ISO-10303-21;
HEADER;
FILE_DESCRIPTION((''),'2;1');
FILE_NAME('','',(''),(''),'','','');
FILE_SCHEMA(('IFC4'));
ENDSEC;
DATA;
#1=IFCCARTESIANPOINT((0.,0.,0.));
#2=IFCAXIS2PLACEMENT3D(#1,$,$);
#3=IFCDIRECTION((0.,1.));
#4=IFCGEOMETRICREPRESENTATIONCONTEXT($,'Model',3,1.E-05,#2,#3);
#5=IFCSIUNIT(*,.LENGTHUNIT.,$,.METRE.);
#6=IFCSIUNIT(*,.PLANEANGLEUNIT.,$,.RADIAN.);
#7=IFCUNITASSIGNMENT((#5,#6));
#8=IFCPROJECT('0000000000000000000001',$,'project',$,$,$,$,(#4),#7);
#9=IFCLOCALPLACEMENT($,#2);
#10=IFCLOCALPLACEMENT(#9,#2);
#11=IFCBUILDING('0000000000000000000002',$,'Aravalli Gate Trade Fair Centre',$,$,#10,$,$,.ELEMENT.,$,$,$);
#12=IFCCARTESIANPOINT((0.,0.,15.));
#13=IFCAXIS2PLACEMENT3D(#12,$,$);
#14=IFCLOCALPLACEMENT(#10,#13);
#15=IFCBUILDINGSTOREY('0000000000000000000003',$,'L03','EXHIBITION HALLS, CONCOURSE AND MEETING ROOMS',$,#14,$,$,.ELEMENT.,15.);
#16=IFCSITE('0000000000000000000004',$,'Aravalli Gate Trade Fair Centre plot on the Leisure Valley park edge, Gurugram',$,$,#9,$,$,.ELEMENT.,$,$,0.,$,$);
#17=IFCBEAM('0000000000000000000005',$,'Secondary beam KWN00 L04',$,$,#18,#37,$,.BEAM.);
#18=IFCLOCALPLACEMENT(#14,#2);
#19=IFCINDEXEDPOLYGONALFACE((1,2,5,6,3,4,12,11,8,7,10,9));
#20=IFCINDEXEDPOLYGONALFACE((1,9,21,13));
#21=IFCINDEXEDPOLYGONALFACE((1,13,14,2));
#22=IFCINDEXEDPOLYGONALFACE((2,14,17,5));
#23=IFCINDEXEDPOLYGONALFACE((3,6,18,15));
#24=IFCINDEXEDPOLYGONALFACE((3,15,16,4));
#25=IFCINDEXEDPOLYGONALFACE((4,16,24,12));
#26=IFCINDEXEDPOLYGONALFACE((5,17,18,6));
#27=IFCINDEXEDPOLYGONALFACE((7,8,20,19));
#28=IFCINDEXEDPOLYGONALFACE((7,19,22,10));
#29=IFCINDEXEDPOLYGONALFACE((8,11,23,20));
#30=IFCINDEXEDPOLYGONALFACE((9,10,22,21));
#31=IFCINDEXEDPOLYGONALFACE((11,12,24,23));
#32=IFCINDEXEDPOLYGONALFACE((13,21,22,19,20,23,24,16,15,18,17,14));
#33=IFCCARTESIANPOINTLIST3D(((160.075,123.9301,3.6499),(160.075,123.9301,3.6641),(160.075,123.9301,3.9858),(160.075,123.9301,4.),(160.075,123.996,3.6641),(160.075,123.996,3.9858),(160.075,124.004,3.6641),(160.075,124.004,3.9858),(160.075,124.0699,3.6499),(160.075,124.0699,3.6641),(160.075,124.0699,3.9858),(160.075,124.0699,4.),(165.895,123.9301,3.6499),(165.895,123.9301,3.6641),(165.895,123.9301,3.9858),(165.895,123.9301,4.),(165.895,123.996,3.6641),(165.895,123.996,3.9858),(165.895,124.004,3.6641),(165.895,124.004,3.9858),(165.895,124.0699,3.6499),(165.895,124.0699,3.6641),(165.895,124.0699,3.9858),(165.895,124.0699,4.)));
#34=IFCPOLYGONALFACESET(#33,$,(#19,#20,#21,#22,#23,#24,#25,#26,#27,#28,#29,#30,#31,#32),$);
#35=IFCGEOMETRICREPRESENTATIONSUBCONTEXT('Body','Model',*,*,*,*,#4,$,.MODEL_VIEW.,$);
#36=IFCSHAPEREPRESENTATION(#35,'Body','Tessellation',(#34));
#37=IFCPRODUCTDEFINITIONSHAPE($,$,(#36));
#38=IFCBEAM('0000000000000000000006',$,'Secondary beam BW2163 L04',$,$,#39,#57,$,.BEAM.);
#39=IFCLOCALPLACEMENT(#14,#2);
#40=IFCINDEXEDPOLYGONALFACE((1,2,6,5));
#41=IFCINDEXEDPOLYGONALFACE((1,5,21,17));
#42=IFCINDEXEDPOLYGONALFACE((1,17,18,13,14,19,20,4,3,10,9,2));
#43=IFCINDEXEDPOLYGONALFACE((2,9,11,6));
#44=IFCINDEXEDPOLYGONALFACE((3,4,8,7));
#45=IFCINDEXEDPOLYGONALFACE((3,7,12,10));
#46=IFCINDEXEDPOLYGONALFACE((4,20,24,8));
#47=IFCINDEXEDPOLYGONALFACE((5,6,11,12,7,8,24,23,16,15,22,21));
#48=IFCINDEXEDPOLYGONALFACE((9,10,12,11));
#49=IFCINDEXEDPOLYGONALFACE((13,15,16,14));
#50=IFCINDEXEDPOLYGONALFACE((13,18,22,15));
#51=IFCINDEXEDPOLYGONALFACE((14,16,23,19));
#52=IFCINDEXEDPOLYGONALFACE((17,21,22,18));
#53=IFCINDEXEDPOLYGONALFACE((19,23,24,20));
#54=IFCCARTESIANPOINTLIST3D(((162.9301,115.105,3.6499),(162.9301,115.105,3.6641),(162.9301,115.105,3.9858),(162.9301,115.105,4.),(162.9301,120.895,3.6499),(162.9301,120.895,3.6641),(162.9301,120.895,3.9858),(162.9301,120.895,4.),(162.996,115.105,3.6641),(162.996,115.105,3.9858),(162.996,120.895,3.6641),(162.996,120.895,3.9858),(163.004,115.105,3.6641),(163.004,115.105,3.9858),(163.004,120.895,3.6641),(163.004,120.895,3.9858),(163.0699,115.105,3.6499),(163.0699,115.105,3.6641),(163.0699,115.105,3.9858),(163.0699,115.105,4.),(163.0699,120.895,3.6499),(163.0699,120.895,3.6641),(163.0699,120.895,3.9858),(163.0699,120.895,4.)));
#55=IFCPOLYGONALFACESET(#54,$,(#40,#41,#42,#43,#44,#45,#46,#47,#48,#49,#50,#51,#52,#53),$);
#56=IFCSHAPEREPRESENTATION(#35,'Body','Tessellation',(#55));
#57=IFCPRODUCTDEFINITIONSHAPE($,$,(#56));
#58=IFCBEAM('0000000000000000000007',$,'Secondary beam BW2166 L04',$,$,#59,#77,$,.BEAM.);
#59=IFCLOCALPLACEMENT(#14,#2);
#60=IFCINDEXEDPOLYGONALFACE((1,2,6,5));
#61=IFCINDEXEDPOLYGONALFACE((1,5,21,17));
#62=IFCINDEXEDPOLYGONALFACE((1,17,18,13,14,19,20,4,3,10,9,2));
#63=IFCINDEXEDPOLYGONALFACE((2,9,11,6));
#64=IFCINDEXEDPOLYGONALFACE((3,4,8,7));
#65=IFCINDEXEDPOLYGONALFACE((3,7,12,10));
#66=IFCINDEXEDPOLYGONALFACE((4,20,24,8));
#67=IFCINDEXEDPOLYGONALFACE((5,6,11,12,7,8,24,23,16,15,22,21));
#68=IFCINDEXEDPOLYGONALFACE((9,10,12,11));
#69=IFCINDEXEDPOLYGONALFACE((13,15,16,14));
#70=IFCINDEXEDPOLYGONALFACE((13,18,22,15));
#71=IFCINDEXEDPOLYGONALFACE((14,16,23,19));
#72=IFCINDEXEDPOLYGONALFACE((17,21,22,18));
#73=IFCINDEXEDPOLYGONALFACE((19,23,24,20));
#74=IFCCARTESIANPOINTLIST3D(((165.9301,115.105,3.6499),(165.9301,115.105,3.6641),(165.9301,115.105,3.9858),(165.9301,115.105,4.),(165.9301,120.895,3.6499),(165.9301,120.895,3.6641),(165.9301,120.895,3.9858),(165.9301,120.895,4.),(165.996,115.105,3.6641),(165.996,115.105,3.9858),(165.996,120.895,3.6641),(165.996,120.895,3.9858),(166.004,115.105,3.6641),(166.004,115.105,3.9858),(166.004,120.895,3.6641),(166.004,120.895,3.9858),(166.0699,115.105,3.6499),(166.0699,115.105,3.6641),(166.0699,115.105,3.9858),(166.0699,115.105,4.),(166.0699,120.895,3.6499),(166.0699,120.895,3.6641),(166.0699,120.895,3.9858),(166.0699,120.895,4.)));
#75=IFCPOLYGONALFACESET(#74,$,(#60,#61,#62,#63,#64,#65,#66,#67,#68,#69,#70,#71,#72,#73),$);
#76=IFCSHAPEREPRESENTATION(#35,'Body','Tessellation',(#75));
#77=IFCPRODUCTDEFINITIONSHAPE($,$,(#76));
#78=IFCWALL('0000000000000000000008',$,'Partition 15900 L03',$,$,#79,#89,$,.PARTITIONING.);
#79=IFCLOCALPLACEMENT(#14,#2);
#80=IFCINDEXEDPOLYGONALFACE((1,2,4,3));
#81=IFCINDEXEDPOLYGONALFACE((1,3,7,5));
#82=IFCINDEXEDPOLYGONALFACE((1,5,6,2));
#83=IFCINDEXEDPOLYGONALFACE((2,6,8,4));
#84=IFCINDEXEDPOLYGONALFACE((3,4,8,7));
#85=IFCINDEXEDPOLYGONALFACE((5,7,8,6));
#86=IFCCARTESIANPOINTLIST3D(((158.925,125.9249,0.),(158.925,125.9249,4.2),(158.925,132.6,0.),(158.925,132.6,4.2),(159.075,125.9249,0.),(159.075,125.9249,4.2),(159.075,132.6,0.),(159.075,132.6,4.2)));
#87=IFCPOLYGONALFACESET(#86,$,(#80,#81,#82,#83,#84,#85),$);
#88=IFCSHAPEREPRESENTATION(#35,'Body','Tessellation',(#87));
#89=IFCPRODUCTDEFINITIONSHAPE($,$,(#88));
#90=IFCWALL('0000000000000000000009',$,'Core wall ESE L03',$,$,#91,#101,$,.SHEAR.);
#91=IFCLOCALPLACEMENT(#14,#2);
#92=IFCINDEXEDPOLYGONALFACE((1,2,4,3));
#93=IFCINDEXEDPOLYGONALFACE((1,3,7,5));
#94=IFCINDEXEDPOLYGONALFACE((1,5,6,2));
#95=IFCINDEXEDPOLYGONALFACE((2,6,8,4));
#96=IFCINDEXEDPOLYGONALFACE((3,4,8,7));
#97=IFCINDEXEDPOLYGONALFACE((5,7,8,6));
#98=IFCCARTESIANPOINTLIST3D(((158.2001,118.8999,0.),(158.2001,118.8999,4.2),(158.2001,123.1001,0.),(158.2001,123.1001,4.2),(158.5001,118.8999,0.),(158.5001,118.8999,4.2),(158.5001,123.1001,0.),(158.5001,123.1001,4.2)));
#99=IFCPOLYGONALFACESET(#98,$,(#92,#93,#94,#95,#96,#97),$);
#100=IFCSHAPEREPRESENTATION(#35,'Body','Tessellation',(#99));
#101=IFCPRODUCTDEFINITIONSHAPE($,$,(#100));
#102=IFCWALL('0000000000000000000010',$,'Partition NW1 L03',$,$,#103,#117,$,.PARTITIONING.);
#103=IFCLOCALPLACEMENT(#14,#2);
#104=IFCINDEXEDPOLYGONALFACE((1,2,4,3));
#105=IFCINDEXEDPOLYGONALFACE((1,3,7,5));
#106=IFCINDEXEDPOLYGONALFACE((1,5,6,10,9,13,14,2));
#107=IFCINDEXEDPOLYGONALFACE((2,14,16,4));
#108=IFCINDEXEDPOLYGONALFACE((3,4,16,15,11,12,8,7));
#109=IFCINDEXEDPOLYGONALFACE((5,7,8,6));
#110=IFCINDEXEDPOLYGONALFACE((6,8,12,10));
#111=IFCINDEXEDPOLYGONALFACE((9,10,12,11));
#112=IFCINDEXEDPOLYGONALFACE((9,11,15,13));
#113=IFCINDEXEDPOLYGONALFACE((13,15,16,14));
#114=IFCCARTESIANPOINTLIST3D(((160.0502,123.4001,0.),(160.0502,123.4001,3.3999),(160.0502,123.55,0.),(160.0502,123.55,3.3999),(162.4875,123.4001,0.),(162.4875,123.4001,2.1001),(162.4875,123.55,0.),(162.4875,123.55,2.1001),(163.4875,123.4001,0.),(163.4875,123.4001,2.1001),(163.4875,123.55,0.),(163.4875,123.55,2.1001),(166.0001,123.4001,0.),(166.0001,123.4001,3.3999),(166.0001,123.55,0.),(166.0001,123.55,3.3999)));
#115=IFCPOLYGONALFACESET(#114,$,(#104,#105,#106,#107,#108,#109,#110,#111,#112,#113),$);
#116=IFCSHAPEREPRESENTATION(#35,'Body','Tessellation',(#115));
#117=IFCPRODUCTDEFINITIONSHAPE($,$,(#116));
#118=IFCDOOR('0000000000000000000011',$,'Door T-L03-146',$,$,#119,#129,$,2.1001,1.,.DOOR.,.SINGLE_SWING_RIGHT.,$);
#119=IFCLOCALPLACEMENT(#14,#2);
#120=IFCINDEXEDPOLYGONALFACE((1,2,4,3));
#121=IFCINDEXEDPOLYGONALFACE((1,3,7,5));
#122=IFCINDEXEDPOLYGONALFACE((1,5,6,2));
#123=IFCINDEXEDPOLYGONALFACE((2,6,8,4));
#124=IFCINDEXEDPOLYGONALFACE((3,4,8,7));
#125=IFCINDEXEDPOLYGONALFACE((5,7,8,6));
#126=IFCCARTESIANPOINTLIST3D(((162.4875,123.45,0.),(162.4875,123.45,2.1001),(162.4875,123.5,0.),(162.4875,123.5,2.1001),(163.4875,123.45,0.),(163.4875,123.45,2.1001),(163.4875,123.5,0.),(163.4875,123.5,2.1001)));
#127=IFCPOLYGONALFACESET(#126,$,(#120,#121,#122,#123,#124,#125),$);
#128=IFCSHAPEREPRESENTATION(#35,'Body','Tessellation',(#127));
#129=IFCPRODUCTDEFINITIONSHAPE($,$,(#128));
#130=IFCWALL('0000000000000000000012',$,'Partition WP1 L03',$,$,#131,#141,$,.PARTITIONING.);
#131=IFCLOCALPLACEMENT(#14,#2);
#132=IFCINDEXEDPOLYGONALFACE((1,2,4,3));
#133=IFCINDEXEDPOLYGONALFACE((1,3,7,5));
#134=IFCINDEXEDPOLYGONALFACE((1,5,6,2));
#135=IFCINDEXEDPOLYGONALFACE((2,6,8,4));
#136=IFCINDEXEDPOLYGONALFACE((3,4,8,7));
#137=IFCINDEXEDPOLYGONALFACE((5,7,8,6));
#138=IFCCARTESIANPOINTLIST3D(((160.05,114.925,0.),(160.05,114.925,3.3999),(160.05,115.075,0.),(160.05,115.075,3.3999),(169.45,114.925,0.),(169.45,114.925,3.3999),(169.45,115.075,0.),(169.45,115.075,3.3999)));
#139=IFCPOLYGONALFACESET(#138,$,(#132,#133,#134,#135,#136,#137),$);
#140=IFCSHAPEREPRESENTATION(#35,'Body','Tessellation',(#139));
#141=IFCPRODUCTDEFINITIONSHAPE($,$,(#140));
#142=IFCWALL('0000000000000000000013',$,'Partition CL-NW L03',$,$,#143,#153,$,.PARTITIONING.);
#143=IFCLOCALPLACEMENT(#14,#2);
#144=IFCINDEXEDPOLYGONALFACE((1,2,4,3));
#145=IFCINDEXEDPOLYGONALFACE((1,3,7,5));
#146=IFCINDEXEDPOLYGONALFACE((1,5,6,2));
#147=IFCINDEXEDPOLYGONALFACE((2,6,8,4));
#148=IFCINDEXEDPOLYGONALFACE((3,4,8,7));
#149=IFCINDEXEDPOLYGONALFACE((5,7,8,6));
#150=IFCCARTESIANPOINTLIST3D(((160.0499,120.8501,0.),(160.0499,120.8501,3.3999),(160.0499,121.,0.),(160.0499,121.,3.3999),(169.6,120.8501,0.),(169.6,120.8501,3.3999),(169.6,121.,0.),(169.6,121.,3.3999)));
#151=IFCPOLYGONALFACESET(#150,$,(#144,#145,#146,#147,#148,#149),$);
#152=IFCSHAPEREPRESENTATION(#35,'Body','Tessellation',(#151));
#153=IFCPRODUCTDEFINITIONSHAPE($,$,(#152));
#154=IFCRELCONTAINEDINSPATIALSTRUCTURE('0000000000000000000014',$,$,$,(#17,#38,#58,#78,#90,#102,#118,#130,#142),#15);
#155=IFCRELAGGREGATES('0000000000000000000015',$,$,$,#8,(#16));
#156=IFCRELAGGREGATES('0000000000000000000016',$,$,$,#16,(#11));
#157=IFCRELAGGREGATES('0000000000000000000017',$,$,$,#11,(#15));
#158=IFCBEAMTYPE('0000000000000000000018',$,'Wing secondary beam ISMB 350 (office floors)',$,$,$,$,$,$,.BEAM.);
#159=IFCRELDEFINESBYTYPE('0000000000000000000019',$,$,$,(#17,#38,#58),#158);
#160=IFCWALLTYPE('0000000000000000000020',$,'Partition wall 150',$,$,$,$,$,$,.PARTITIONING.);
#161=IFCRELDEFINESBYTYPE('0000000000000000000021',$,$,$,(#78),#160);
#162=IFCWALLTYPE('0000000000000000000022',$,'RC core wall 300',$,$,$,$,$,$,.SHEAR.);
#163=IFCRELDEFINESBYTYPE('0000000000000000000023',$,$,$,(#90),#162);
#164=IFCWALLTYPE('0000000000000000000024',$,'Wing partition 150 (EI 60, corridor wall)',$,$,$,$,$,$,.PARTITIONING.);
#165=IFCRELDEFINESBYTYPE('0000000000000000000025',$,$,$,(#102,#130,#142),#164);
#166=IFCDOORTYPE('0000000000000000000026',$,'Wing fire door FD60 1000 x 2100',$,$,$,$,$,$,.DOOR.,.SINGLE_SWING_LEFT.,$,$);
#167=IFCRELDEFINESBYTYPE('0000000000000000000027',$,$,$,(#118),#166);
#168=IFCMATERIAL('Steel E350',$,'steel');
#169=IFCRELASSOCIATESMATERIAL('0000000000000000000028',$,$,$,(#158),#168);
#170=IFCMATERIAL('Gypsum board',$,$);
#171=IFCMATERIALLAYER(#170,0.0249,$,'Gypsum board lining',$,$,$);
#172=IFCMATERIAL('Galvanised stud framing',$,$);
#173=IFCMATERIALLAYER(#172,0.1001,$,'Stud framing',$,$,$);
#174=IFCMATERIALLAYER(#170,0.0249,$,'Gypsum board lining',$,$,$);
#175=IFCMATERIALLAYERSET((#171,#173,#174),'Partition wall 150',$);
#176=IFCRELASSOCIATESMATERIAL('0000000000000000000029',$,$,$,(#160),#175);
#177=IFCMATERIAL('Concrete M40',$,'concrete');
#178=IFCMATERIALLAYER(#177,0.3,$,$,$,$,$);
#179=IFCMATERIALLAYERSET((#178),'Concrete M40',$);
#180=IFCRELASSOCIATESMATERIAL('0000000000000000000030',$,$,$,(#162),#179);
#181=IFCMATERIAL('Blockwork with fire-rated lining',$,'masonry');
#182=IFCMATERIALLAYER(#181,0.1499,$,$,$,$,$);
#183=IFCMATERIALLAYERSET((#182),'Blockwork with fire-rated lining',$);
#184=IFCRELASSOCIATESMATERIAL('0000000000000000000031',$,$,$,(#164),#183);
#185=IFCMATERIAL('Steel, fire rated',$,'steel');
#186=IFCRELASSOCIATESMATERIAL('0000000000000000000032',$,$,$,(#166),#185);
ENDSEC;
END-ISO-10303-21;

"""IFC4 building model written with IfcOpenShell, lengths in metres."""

from ifc_helpers import new_model, si_unit, direction, frame, frame_2d, origin, origin_2d, place, context, subcontext, project, spatial, rectangle, i_section, extrude, material, layer, layer_set, material_profile, profile_set, type_object, element, fill, save


model = new_model("IFC4")

# Units and contexts
model_context = context("Model", 3, precision=1e-05, world=origin(), true_north=direction((0.0, 1.0)))
body_context = subcontext(model_context, "Body", "Model", "MODEL_VIEW")
ifc_project = project(units=[si_unit("LENGTHUNIT", "METRE"), si_unit("PLANEANGLEUNIT", "RADIAN")], contexts=[model_context])

# Site, building, storey
site_placement = place(None, origin())
site = spatial("IfcSite", under=ifc_project, at=site_placement, Name="Aravalli Gate Trade Fair Centre plot on the Leisure Valley park edge, Gurugram", CompositionType="ELEMENT", RefElevation=0.0)
building_placement = place(site_placement, origin())
building = spatial("IfcBuilding", under=site, at=building_placement, Name="Aravalli Gate Trade Fair Centre", CompositionType="ELEMENT")
storey_placement = place(building_placement, frame((0.0, 0.0, 15.0)))
storey = spatial("IfcBuildingStorey", under=building, at=storey_placement, Name="L03", Description="EXHIBITION HALLS, CONCOURSE AND MEETING ROOMS", CompositionType="ELEMENT", Elevation=15.0)

# Shared definitions
ifc_material_1 = material(Name="Steel E350", Category="steel")

# Beams
ifc_material_profile_1 = material_profile(ifc_material_1, i_section(OverallWidth=0.1399, OverallDepth=0.3501, WebThickness=0.0081, FlangeThickness=0.0142, at=origin_2d()), Name="ISMB 350")
ifc_profile_set_1 = profile_set([ifc_material_profile_1], Name="Steel E350")
beam_type_1 = type_object("IfcBeamType", Name="Wing secondary beam ISMB 350 (office floors)", PredefinedType="BEAM", material=ifc_profile_set_1)
beam_1_placement = place(storey_placement, frame((160.075, 124.0, 3.825), z_axis=(1.0, 0.0, 0.0), x_axis=(0.0, 1.0, 0.0)))
element("IfcBeam", 1, at=beam_1_placement, inside=storey, type_object=beam_type_1, Name="Secondary beam KWN00 L04", PredefinedType="BEAM", context=body_context, shape_type="SweptSolid", body=[
    extrude(i_section(OverallWidth=0.1399, OverallDepth=0.3501, WebThickness=0.0081, FlangeThickness=0.0142, at=origin_2d()), origin(), (0.0, 0.0, 1.0), 5.8201),
])
for number, where, z_axis, x_axis, name in (
    (2, (163.0, 115.105, 3.825), (0.0, 1.0, 0.0), (-1.0, 0.0, 0.0), "Secondary beam BW2163 L04"),
    (3, (166.0, 115.105, 3.825), (0.0, 1.0, 0.0), (-1.0, 0.0, 0.0), "Secondary beam BW2166 L04"),
):
    element("IfcBeam", number, at=place(storey_placement, frame(where, z_axis=z_axis, x_axis=x_axis)), inside=storey, type_object=beam_type_1, Name=name, PredefinedType="BEAM", context=body_context, shape_type="SweptSolid", body=[
        extrude(i_section(OverallWidth=0.1399, OverallDepth=0.3501, WebThickness=0.0081, FlangeThickness=0.0142, at=origin_2d()), origin(), (0.0, 0.0, 1.0), 5.79),
    ])

# Walls
ifc_material_2 = material(Name="Gypsum board")
ifc_layer_1 = layer(ifc_material_2, 0.0249, Name="Gypsum board lining")
ifc_material_3 = material(Name="Galvanised stud framing")
ifc_layer_2 = layer(ifc_material_3, 0.1001, Name="Stud framing")
ifc_layer_3 = layer(ifc_material_2, 0.0249, Name="Gypsum board lining")
ifc_layer_set_1 = layer_set([ifc_layer_1, ifc_layer_2, ifc_layer_3], Name="Partition wall 150")
wall_type_1 = type_object("IfcWallType", Name="Partition wall 150", PredefinedType="PARTITIONING", material=ifc_layer_set_1)
wall_1_placement = place(storey_placement, frame((159.0, 125.925, 0.0), z_axis=(0.0, 0.0, 1.0), x_axis=(0.0, 1.0, 0.0)))
element("IfcWall", 4, at=wall_1_placement, inside=storey, type_object=wall_type_1, Name="Partition 15900 L03", PredefinedType="PARTITIONING", context=body_context, shape_type="SweptSolid", body=[
    extrude(rectangle(XDim=6.675, YDim=0.1499, at=frame_2d((3.3374, 0.0))), origin(), (0.0, 0.0, 1.0), 4.2),
])
ifc_material_4 = material(Name="Concrete M40", Category="concrete")
ifc_layer_4 = layer(ifc_material_4, 0.3)
ifc_layer_set_2 = layer_set([ifc_layer_4], Name="Concrete M40")
wall_type_2 = type_object("IfcWallType", Name="RC core wall 300", PredefinedType="SHEAR", material=ifc_layer_set_2)
wall_2_placement = place(storey_placement, frame((158.3501, 118.8999, 0.0), z_axis=(0.0, 0.0, 1.0), x_axis=(0.0, 1.0, 0.0)))
element("IfcWall", 5, at=wall_2_placement, inside=storey, type_object=wall_type_2, Name="Core wall ESE L03", PredefinedType="SHEAR", context=body_context, shape_type="SweptSolid", body=[
    extrude(rectangle(XDim=4.2002, YDim=0.3, at=frame_2d((2.1001, 0.0))), origin(), (0.0, 0.0, 1.0), 4.2),
])

# Wall, opening, door
ifc_material_5 = material(Name="Blockwork with fire-rated lining", Category="masonry")
ifc_layer_5 = layer(ifc_material_5, 0.1499)
ifc_layer_set_3 = layer_set([ifc_layer_5], Name="Blockwork with fire-rated lining")
wall_type_3 = type_object("IfcWallType", Name="Wing partition 150 (EI 60, corridor wall)", PredefinedType="PARTITIONING", material=ifc_layer_set_3)
wall_3_placement = place(storey_placement, frame((160.05, 123.4751, 0.0), z_axis=(0.0, 0.0, 1.0), x_axis=(1.0, 0.0, 0.0)))
wall_3 = element("IfcWall", 6, at=wall_3_placement, inside=storey, type_object=wall_type_3, Name="Partition NW1 L03", PredefinedType="PARTITIONING", context=body_context, shape_type="SweptSolid", body=[
    extrude(rectangle(XDim=5.95, YDim=0.1499, at=frame_2d((2.9751, 0.0))), origin(), (0.0, 0.0, 1.0), 3.3999),
])
opening_1_placement = place(wall_3_placement, frame((2.4375, 0.0, 0.0)))
opening_1 = element("IfcOpeningElement", 7, at=opening_1_placement, cuts=wall_3, PredefinedType="OPENING", context=body_context, shape_type="SweptSolid", body=[
    extrude(rectangle(XDim=1.0, YDim=2.1001, at=frame_2d((0.5, 1.05))), frame((0.0, 0.085, 0.0), z_axis=(0.0, -1.0, 0.0), x_axis=(1.0, 0.0, 0.0)), (0.0, 0.0, 1.0), 0.1699),
])
ifc_material_6 = material(Name="Steel, fire rated", Category="steel")
door_type_1 = type_object("IfcDoorType", Name="Wing fire door FD60 1000 x 2100", OperationType="SINGLE_SWING_LEFT", PredefinedType="DOOR", material=ifc_material_6)
door_1_placement = place(opening_1_placement, origin())
door_1 = element("IfcDoor", 8, at=door_1_placement, inside=storey, type_object=door_type_1, Name="Door T-L03-146", OperationType="SINGLE_SWING_RIGHT", OverallHeight=2.1001, OverallWidth=1.0, PredefinedType="DOOR", context=body_context, shape_type="SweptSolid", body=[
    extrude(rectangle(XDim=1.0, YDim=2.1001, at=frame_2d((0.5, 1.05))), frame((0.0, 0.0249, 0.0), z_axis=(0.0, -1.0, 0.0), x_axis=(1.0, 0.0, 0.0)), (0.0, 0.0, 1.0), 0.05),
])
fill(opening_1, door_1)

# Walls
wall_4_placement = place(storey_placement, frame((160.05, 115.0, 0.0), z_axis=(0.0, 0.0, 1.0), x_axis=(1.0, 0.0, 0.0)))
element("IfcWall", 9, at=wall_4_placement, inside=storey, type_object=wall_type_3, Name="Partition WP1 L03", PredefinedType="PARTITIONING", context=body_context, shape_type="SweptSolid", body=[
    extrude(rectangle(XDim=9.3999, YDim=0.1499, at=frame_2d((4.7, 0.0))), origin(), (0.0, 0.0, 1.0), 3.3999),
])
wall_5_placement = place(storey_placement, frame((160.05, 120.925, 0.0), z_axis=(0.0, 0.0, 1.0), x_axis=(1.0, 0.0, 0.0)))
element("IfcWall", 10, at=wall_5_placement, inside=storey, type_object=wall_type_3, Name="Partition CL-NW L03", PredefinedType="PARTITIONING", context=body_context, shape_type="SweptSolid", body=[
    extrude(rectangle(XDim=9.55, YDim=0.1499, at=frame_2d((4.7749, 0.0))), origin(), (0.0, 0.0, 1.0), 3.3999),
])

save(model, "model.ifc")
